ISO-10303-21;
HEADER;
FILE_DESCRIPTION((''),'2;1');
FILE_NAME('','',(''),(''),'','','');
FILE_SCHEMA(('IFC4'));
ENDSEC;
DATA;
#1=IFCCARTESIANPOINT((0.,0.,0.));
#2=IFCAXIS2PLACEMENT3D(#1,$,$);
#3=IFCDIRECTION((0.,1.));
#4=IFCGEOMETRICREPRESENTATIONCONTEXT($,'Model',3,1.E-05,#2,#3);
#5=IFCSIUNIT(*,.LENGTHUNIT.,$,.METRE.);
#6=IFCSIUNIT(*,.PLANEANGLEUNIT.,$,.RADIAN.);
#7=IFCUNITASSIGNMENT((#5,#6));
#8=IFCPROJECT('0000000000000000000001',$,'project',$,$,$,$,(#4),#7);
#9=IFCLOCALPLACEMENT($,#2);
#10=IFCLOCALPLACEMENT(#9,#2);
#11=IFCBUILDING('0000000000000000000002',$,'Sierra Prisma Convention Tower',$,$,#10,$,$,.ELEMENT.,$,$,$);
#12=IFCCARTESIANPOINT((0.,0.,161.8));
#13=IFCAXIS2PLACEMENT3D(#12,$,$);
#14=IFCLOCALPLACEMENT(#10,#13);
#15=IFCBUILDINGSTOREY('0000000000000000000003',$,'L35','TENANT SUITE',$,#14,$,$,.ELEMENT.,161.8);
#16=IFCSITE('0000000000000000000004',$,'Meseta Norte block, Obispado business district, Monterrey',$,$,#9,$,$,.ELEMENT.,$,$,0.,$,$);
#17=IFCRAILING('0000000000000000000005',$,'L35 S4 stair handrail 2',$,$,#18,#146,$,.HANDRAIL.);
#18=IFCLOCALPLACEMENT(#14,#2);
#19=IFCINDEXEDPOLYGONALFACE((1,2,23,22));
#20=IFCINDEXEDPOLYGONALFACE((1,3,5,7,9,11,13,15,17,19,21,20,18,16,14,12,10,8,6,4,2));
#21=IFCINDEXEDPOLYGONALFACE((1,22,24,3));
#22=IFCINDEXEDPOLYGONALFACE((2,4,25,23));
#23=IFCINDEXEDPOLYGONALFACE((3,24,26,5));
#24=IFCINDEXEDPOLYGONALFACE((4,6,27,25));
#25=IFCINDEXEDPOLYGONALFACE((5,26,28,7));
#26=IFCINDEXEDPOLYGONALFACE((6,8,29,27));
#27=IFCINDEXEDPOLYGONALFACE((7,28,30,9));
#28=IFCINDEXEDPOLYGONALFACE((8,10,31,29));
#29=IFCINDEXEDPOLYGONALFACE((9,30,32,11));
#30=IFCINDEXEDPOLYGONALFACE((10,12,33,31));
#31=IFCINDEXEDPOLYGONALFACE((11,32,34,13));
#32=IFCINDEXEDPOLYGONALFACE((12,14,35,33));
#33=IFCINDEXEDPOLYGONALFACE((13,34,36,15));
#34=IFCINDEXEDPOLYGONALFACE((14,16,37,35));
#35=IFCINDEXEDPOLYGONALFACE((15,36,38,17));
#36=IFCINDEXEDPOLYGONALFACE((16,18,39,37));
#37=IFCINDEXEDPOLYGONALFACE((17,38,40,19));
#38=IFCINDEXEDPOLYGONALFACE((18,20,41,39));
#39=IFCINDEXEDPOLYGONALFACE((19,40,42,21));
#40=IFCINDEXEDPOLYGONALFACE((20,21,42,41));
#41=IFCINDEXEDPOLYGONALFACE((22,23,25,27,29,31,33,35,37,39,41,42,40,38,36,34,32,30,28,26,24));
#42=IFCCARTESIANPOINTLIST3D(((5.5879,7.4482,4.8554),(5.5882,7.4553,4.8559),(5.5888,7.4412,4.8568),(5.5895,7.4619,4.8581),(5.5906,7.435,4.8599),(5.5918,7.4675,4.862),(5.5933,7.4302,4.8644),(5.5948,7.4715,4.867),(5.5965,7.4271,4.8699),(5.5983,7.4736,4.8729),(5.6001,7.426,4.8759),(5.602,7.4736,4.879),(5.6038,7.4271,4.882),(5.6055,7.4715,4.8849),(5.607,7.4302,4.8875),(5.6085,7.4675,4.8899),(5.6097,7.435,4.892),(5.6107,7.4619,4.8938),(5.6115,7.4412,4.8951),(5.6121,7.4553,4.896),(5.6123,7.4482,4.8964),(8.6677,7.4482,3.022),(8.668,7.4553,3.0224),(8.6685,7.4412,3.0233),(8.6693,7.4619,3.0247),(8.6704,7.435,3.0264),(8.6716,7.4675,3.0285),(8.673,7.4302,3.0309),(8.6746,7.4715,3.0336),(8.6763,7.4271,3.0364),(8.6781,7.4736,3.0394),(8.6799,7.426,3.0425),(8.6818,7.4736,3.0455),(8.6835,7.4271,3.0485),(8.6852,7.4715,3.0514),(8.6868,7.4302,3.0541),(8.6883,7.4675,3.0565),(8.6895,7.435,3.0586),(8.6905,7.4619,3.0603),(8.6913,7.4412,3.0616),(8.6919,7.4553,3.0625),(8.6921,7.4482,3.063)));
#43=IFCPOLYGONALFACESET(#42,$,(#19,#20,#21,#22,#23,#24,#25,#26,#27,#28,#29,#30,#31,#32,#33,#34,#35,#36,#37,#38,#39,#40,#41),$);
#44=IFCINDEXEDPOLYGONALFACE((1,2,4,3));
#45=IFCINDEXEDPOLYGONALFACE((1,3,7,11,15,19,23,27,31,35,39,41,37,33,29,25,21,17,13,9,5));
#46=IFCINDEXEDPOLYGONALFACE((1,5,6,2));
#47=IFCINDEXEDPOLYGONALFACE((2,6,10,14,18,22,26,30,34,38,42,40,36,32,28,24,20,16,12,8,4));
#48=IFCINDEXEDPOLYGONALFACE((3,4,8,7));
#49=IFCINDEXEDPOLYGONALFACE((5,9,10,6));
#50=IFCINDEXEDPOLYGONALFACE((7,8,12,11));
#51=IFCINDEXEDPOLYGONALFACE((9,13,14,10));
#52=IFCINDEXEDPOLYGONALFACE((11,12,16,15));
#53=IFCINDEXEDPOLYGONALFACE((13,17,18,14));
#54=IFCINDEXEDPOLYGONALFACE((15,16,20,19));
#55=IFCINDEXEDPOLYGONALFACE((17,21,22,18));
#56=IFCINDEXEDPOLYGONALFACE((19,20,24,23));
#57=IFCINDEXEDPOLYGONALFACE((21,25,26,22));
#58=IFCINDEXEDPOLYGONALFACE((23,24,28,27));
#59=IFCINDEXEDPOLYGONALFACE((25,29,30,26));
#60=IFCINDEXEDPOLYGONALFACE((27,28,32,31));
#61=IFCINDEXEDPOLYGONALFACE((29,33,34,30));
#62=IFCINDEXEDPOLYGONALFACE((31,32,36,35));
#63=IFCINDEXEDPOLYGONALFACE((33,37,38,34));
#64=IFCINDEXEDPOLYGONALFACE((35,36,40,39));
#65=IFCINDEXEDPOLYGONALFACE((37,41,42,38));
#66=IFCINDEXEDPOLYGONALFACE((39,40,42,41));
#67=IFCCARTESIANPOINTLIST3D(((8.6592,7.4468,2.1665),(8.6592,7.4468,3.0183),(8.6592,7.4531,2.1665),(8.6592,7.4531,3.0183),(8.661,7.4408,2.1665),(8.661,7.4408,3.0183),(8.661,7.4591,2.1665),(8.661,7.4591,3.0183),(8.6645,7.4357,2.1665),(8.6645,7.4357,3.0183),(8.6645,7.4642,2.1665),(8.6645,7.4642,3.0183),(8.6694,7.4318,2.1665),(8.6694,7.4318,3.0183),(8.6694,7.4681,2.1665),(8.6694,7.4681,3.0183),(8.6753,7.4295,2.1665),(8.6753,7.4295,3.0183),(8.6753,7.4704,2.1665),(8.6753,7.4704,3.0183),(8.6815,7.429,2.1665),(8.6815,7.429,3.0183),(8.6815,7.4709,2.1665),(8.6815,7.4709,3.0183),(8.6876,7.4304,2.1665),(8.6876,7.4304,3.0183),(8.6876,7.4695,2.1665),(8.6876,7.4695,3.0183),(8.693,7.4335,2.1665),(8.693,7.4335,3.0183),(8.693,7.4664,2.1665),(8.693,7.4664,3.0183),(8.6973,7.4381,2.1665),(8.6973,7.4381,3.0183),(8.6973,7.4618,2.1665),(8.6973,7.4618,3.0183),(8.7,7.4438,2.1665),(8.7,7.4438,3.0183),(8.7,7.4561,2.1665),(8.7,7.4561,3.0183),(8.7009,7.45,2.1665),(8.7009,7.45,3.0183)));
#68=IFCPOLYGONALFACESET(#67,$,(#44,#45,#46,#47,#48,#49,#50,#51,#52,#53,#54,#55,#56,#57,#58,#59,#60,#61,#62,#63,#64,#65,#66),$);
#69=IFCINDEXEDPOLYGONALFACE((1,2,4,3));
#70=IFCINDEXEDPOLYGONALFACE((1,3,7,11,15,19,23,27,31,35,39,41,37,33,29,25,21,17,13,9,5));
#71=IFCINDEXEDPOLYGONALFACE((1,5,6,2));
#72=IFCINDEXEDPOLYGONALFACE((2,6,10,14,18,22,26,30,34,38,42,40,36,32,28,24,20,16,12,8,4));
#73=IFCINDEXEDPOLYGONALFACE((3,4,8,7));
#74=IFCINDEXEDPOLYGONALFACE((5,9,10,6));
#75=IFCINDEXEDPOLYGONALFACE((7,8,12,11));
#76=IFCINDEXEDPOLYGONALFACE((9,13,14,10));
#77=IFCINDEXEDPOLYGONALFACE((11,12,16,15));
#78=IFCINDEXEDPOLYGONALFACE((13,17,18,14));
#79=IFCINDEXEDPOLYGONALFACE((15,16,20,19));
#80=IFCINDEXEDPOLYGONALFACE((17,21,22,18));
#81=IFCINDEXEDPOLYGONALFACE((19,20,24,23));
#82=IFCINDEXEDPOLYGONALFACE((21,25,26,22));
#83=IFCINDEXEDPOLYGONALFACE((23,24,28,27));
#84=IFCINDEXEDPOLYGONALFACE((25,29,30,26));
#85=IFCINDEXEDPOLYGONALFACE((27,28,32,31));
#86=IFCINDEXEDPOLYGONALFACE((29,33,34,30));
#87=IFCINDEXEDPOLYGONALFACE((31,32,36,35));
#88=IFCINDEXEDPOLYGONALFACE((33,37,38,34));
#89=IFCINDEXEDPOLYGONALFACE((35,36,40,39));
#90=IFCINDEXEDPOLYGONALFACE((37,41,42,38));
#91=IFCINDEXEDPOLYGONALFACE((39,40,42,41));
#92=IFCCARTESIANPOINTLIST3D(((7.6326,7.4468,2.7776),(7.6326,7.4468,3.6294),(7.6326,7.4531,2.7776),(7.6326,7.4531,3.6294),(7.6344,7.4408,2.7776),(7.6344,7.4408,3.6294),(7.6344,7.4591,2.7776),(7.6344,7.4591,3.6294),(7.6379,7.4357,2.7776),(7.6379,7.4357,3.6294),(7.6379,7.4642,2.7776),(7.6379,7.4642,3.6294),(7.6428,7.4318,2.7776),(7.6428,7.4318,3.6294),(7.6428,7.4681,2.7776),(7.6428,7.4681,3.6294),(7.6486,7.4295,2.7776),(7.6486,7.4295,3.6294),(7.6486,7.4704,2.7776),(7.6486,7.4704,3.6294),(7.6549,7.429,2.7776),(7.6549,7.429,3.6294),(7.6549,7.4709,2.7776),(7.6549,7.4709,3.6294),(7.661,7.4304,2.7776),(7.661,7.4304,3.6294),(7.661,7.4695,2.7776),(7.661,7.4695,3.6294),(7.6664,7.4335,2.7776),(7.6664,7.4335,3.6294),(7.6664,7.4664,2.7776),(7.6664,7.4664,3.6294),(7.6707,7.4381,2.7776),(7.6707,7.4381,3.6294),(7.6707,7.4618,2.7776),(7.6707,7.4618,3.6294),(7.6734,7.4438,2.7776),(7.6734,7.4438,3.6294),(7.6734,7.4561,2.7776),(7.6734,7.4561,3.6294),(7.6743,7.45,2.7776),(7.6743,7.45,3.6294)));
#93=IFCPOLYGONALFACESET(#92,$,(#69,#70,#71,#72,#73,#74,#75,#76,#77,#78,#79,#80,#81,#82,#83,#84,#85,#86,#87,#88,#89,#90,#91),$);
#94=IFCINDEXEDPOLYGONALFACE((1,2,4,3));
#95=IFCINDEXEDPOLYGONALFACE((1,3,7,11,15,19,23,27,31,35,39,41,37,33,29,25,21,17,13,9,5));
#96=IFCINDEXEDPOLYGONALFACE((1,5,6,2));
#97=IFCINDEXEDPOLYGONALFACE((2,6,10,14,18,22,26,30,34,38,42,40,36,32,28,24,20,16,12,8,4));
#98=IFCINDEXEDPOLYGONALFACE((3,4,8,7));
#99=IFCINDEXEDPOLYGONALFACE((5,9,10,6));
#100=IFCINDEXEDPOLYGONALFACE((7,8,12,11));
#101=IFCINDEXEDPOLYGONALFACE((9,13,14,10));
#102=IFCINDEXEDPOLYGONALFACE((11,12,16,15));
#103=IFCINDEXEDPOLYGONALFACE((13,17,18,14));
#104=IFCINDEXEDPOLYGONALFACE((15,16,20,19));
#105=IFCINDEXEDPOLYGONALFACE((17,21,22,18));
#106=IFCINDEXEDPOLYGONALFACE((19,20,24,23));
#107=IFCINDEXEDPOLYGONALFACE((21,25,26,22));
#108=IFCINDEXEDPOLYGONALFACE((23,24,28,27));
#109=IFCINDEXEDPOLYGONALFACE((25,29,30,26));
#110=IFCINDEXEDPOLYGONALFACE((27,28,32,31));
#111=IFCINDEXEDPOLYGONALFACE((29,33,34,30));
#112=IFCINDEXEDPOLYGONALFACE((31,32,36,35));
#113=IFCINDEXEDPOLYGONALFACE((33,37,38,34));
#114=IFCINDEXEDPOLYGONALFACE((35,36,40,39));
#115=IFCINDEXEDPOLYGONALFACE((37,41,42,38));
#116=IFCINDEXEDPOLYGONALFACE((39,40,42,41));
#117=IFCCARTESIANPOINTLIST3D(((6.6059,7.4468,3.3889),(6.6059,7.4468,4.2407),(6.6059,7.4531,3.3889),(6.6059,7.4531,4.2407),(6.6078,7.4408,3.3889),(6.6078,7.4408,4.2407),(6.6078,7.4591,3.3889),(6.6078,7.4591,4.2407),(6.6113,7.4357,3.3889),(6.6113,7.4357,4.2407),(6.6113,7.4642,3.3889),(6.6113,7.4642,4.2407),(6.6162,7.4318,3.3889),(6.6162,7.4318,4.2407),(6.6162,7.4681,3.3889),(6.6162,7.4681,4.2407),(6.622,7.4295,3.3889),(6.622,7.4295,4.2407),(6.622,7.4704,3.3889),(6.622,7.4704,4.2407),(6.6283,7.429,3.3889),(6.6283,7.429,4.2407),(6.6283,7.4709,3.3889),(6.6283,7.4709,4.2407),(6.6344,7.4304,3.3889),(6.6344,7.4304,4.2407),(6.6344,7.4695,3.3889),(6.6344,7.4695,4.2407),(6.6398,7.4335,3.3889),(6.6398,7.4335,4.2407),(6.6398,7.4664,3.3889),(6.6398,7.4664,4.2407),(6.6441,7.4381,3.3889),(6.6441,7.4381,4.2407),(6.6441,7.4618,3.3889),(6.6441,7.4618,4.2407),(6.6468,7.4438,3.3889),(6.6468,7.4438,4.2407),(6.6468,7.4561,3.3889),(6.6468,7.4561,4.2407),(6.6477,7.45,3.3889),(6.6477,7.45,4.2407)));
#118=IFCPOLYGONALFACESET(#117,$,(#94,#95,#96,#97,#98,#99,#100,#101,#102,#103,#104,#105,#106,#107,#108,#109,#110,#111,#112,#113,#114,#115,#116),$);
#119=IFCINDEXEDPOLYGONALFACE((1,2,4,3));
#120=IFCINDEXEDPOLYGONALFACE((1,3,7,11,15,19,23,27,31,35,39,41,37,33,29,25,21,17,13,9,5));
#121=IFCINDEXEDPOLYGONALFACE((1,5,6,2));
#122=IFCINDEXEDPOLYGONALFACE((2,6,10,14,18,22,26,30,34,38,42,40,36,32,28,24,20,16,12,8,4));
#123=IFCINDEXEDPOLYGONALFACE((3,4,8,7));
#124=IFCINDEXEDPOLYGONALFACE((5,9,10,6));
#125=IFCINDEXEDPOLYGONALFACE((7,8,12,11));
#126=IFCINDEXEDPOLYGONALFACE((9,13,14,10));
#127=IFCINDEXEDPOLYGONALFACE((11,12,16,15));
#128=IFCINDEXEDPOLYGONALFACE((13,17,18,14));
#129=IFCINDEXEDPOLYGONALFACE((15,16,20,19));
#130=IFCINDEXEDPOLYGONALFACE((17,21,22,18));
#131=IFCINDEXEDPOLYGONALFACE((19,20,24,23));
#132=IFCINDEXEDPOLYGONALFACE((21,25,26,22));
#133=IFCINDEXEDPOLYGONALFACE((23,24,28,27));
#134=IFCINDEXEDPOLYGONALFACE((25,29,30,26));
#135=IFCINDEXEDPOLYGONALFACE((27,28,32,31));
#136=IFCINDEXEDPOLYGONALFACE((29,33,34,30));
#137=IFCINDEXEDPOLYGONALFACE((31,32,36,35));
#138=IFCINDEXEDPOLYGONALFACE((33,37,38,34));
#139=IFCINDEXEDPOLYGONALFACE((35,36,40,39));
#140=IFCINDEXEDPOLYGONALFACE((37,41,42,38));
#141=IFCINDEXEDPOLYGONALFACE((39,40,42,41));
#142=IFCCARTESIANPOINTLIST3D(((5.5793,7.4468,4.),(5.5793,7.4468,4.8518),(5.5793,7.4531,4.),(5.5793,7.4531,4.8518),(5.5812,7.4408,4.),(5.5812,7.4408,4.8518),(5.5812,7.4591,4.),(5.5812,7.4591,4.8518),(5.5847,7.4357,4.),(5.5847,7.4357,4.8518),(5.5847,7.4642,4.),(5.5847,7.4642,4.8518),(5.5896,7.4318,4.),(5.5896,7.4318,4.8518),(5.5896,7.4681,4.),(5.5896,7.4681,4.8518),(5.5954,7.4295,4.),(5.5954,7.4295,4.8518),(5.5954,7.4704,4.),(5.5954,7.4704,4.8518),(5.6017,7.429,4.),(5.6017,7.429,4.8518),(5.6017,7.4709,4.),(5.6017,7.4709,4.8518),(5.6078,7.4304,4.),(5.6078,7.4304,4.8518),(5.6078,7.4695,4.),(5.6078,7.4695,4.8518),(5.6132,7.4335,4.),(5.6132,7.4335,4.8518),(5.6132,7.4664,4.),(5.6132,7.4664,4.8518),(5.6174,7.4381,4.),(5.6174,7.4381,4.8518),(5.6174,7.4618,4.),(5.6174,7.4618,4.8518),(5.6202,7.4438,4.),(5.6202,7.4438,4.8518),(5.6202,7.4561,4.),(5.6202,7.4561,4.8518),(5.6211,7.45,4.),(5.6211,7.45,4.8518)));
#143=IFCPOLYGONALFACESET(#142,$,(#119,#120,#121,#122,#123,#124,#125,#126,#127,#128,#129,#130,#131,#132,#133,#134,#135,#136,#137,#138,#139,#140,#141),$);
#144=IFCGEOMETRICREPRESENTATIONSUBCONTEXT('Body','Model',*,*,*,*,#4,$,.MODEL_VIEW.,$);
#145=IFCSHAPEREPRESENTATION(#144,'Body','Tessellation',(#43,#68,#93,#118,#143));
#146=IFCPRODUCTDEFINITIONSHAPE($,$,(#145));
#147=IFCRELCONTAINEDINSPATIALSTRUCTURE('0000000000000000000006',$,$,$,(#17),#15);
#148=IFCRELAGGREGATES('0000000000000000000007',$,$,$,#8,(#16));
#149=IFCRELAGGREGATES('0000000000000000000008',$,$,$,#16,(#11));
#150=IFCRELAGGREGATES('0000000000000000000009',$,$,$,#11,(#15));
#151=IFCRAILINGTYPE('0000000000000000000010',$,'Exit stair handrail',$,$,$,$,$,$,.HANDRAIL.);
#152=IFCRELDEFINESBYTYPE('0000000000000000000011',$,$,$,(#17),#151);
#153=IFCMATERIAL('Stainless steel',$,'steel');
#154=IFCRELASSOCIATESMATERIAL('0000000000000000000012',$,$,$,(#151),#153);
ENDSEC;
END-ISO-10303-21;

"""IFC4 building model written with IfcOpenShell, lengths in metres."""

from ifc_helpers import new_model, si_unit, direction, frame, origin, origin_2d, place, context, subcontext, project, spatial, circle, extrude, material, type_object, element, save


model = new_model("IFC4")

# Units and contexts
model_context = context("Model", 3, precision=1e-05, world=origin(), true_north=direction((0.0, 1.0)))
body_context = subcontext(model_context, "Body", "Model", "MODEL_VIEW")
ifc_project = project(units=[si_unit("LENGTHUNIT", "METRE"), si_unit("PLANEANGLEUNIT", "RADIAN")], contexts=[model_context])

# Site, building, storey
site_placement = place(None, origin())
site = spatial("IfcSite", under=ifc_project, at=site_placement, Name="Meseta Norte block, Obispado business district, Monterrey", CompositionType="ELEMENT", RefElevation=0.0)
building_placement = place(site_placement, origin())
building = spatial("IfcBuilding", under=site, at=building_placement, Name="Sierra Prisma Convention Tower", CompositionType="ELEMENT")
storey_placement = place(building_placement, frame((0.0, 0.0, 161.8)))
storey = spatial("IfcBuildingStorey", under=building, at=storey_placement, Name="L35", Description="TENANT SUITE", CompositionType="ELEMENT", Elevation=161.8)

# Railing
ifc_material_1 = material(Name="Stainless steel", Category="steel")
railing_type_1 = type_object("IfcRailingType", Name="Exit stair handrail", PredefinedType="HANDRAIL", material=ifc_material_1)
railing_1_placement = place(storey_placement, frame((8.6799, 7.45, 2.1665)))
element("IfcRailing", 1, at=railing_1_placement, inside=storey, type_object=railing_type_1, Name="L35 S4 stair handrail 2", PredefinedType="HANDRAIL", context=body_context, shape_type="SweptSolid", body=[
    extrude(circle(Radius=0.0239, at=origin_2d()), frame((0.0, 0.0, 0.876), z_axis=(-0.859261, 0.0, 0.511538), x_axis=(0.0, -1.0, 0.0)), (0.0, 0.0, 1.0), 3.5842),
    extrude(circle(Radius=0.021, at=origin_2d()), origin(), (0.0, 0.0, 1.0), 0.8518),
    extrude(circle(Radius=0.021, at=origin_2d()), frame((-1.0266, 0.0, 0.6111)), (0.0, 0.0, 1.0), 0.8518),
    extrude(circle(Radius=0.021, at=origin_2d()), frame((-2.0532, 0.0, 1.2224)), (0.0, 0.0, 1.0), 0.8518),
    extrude(circle(Radius=0.021, at=origin_2d()), frame((-3.0798, 0.0, 1.8335)), (0.0, 0.0, 1.0), 0.8518),
])

save(model, "model.ifc")
